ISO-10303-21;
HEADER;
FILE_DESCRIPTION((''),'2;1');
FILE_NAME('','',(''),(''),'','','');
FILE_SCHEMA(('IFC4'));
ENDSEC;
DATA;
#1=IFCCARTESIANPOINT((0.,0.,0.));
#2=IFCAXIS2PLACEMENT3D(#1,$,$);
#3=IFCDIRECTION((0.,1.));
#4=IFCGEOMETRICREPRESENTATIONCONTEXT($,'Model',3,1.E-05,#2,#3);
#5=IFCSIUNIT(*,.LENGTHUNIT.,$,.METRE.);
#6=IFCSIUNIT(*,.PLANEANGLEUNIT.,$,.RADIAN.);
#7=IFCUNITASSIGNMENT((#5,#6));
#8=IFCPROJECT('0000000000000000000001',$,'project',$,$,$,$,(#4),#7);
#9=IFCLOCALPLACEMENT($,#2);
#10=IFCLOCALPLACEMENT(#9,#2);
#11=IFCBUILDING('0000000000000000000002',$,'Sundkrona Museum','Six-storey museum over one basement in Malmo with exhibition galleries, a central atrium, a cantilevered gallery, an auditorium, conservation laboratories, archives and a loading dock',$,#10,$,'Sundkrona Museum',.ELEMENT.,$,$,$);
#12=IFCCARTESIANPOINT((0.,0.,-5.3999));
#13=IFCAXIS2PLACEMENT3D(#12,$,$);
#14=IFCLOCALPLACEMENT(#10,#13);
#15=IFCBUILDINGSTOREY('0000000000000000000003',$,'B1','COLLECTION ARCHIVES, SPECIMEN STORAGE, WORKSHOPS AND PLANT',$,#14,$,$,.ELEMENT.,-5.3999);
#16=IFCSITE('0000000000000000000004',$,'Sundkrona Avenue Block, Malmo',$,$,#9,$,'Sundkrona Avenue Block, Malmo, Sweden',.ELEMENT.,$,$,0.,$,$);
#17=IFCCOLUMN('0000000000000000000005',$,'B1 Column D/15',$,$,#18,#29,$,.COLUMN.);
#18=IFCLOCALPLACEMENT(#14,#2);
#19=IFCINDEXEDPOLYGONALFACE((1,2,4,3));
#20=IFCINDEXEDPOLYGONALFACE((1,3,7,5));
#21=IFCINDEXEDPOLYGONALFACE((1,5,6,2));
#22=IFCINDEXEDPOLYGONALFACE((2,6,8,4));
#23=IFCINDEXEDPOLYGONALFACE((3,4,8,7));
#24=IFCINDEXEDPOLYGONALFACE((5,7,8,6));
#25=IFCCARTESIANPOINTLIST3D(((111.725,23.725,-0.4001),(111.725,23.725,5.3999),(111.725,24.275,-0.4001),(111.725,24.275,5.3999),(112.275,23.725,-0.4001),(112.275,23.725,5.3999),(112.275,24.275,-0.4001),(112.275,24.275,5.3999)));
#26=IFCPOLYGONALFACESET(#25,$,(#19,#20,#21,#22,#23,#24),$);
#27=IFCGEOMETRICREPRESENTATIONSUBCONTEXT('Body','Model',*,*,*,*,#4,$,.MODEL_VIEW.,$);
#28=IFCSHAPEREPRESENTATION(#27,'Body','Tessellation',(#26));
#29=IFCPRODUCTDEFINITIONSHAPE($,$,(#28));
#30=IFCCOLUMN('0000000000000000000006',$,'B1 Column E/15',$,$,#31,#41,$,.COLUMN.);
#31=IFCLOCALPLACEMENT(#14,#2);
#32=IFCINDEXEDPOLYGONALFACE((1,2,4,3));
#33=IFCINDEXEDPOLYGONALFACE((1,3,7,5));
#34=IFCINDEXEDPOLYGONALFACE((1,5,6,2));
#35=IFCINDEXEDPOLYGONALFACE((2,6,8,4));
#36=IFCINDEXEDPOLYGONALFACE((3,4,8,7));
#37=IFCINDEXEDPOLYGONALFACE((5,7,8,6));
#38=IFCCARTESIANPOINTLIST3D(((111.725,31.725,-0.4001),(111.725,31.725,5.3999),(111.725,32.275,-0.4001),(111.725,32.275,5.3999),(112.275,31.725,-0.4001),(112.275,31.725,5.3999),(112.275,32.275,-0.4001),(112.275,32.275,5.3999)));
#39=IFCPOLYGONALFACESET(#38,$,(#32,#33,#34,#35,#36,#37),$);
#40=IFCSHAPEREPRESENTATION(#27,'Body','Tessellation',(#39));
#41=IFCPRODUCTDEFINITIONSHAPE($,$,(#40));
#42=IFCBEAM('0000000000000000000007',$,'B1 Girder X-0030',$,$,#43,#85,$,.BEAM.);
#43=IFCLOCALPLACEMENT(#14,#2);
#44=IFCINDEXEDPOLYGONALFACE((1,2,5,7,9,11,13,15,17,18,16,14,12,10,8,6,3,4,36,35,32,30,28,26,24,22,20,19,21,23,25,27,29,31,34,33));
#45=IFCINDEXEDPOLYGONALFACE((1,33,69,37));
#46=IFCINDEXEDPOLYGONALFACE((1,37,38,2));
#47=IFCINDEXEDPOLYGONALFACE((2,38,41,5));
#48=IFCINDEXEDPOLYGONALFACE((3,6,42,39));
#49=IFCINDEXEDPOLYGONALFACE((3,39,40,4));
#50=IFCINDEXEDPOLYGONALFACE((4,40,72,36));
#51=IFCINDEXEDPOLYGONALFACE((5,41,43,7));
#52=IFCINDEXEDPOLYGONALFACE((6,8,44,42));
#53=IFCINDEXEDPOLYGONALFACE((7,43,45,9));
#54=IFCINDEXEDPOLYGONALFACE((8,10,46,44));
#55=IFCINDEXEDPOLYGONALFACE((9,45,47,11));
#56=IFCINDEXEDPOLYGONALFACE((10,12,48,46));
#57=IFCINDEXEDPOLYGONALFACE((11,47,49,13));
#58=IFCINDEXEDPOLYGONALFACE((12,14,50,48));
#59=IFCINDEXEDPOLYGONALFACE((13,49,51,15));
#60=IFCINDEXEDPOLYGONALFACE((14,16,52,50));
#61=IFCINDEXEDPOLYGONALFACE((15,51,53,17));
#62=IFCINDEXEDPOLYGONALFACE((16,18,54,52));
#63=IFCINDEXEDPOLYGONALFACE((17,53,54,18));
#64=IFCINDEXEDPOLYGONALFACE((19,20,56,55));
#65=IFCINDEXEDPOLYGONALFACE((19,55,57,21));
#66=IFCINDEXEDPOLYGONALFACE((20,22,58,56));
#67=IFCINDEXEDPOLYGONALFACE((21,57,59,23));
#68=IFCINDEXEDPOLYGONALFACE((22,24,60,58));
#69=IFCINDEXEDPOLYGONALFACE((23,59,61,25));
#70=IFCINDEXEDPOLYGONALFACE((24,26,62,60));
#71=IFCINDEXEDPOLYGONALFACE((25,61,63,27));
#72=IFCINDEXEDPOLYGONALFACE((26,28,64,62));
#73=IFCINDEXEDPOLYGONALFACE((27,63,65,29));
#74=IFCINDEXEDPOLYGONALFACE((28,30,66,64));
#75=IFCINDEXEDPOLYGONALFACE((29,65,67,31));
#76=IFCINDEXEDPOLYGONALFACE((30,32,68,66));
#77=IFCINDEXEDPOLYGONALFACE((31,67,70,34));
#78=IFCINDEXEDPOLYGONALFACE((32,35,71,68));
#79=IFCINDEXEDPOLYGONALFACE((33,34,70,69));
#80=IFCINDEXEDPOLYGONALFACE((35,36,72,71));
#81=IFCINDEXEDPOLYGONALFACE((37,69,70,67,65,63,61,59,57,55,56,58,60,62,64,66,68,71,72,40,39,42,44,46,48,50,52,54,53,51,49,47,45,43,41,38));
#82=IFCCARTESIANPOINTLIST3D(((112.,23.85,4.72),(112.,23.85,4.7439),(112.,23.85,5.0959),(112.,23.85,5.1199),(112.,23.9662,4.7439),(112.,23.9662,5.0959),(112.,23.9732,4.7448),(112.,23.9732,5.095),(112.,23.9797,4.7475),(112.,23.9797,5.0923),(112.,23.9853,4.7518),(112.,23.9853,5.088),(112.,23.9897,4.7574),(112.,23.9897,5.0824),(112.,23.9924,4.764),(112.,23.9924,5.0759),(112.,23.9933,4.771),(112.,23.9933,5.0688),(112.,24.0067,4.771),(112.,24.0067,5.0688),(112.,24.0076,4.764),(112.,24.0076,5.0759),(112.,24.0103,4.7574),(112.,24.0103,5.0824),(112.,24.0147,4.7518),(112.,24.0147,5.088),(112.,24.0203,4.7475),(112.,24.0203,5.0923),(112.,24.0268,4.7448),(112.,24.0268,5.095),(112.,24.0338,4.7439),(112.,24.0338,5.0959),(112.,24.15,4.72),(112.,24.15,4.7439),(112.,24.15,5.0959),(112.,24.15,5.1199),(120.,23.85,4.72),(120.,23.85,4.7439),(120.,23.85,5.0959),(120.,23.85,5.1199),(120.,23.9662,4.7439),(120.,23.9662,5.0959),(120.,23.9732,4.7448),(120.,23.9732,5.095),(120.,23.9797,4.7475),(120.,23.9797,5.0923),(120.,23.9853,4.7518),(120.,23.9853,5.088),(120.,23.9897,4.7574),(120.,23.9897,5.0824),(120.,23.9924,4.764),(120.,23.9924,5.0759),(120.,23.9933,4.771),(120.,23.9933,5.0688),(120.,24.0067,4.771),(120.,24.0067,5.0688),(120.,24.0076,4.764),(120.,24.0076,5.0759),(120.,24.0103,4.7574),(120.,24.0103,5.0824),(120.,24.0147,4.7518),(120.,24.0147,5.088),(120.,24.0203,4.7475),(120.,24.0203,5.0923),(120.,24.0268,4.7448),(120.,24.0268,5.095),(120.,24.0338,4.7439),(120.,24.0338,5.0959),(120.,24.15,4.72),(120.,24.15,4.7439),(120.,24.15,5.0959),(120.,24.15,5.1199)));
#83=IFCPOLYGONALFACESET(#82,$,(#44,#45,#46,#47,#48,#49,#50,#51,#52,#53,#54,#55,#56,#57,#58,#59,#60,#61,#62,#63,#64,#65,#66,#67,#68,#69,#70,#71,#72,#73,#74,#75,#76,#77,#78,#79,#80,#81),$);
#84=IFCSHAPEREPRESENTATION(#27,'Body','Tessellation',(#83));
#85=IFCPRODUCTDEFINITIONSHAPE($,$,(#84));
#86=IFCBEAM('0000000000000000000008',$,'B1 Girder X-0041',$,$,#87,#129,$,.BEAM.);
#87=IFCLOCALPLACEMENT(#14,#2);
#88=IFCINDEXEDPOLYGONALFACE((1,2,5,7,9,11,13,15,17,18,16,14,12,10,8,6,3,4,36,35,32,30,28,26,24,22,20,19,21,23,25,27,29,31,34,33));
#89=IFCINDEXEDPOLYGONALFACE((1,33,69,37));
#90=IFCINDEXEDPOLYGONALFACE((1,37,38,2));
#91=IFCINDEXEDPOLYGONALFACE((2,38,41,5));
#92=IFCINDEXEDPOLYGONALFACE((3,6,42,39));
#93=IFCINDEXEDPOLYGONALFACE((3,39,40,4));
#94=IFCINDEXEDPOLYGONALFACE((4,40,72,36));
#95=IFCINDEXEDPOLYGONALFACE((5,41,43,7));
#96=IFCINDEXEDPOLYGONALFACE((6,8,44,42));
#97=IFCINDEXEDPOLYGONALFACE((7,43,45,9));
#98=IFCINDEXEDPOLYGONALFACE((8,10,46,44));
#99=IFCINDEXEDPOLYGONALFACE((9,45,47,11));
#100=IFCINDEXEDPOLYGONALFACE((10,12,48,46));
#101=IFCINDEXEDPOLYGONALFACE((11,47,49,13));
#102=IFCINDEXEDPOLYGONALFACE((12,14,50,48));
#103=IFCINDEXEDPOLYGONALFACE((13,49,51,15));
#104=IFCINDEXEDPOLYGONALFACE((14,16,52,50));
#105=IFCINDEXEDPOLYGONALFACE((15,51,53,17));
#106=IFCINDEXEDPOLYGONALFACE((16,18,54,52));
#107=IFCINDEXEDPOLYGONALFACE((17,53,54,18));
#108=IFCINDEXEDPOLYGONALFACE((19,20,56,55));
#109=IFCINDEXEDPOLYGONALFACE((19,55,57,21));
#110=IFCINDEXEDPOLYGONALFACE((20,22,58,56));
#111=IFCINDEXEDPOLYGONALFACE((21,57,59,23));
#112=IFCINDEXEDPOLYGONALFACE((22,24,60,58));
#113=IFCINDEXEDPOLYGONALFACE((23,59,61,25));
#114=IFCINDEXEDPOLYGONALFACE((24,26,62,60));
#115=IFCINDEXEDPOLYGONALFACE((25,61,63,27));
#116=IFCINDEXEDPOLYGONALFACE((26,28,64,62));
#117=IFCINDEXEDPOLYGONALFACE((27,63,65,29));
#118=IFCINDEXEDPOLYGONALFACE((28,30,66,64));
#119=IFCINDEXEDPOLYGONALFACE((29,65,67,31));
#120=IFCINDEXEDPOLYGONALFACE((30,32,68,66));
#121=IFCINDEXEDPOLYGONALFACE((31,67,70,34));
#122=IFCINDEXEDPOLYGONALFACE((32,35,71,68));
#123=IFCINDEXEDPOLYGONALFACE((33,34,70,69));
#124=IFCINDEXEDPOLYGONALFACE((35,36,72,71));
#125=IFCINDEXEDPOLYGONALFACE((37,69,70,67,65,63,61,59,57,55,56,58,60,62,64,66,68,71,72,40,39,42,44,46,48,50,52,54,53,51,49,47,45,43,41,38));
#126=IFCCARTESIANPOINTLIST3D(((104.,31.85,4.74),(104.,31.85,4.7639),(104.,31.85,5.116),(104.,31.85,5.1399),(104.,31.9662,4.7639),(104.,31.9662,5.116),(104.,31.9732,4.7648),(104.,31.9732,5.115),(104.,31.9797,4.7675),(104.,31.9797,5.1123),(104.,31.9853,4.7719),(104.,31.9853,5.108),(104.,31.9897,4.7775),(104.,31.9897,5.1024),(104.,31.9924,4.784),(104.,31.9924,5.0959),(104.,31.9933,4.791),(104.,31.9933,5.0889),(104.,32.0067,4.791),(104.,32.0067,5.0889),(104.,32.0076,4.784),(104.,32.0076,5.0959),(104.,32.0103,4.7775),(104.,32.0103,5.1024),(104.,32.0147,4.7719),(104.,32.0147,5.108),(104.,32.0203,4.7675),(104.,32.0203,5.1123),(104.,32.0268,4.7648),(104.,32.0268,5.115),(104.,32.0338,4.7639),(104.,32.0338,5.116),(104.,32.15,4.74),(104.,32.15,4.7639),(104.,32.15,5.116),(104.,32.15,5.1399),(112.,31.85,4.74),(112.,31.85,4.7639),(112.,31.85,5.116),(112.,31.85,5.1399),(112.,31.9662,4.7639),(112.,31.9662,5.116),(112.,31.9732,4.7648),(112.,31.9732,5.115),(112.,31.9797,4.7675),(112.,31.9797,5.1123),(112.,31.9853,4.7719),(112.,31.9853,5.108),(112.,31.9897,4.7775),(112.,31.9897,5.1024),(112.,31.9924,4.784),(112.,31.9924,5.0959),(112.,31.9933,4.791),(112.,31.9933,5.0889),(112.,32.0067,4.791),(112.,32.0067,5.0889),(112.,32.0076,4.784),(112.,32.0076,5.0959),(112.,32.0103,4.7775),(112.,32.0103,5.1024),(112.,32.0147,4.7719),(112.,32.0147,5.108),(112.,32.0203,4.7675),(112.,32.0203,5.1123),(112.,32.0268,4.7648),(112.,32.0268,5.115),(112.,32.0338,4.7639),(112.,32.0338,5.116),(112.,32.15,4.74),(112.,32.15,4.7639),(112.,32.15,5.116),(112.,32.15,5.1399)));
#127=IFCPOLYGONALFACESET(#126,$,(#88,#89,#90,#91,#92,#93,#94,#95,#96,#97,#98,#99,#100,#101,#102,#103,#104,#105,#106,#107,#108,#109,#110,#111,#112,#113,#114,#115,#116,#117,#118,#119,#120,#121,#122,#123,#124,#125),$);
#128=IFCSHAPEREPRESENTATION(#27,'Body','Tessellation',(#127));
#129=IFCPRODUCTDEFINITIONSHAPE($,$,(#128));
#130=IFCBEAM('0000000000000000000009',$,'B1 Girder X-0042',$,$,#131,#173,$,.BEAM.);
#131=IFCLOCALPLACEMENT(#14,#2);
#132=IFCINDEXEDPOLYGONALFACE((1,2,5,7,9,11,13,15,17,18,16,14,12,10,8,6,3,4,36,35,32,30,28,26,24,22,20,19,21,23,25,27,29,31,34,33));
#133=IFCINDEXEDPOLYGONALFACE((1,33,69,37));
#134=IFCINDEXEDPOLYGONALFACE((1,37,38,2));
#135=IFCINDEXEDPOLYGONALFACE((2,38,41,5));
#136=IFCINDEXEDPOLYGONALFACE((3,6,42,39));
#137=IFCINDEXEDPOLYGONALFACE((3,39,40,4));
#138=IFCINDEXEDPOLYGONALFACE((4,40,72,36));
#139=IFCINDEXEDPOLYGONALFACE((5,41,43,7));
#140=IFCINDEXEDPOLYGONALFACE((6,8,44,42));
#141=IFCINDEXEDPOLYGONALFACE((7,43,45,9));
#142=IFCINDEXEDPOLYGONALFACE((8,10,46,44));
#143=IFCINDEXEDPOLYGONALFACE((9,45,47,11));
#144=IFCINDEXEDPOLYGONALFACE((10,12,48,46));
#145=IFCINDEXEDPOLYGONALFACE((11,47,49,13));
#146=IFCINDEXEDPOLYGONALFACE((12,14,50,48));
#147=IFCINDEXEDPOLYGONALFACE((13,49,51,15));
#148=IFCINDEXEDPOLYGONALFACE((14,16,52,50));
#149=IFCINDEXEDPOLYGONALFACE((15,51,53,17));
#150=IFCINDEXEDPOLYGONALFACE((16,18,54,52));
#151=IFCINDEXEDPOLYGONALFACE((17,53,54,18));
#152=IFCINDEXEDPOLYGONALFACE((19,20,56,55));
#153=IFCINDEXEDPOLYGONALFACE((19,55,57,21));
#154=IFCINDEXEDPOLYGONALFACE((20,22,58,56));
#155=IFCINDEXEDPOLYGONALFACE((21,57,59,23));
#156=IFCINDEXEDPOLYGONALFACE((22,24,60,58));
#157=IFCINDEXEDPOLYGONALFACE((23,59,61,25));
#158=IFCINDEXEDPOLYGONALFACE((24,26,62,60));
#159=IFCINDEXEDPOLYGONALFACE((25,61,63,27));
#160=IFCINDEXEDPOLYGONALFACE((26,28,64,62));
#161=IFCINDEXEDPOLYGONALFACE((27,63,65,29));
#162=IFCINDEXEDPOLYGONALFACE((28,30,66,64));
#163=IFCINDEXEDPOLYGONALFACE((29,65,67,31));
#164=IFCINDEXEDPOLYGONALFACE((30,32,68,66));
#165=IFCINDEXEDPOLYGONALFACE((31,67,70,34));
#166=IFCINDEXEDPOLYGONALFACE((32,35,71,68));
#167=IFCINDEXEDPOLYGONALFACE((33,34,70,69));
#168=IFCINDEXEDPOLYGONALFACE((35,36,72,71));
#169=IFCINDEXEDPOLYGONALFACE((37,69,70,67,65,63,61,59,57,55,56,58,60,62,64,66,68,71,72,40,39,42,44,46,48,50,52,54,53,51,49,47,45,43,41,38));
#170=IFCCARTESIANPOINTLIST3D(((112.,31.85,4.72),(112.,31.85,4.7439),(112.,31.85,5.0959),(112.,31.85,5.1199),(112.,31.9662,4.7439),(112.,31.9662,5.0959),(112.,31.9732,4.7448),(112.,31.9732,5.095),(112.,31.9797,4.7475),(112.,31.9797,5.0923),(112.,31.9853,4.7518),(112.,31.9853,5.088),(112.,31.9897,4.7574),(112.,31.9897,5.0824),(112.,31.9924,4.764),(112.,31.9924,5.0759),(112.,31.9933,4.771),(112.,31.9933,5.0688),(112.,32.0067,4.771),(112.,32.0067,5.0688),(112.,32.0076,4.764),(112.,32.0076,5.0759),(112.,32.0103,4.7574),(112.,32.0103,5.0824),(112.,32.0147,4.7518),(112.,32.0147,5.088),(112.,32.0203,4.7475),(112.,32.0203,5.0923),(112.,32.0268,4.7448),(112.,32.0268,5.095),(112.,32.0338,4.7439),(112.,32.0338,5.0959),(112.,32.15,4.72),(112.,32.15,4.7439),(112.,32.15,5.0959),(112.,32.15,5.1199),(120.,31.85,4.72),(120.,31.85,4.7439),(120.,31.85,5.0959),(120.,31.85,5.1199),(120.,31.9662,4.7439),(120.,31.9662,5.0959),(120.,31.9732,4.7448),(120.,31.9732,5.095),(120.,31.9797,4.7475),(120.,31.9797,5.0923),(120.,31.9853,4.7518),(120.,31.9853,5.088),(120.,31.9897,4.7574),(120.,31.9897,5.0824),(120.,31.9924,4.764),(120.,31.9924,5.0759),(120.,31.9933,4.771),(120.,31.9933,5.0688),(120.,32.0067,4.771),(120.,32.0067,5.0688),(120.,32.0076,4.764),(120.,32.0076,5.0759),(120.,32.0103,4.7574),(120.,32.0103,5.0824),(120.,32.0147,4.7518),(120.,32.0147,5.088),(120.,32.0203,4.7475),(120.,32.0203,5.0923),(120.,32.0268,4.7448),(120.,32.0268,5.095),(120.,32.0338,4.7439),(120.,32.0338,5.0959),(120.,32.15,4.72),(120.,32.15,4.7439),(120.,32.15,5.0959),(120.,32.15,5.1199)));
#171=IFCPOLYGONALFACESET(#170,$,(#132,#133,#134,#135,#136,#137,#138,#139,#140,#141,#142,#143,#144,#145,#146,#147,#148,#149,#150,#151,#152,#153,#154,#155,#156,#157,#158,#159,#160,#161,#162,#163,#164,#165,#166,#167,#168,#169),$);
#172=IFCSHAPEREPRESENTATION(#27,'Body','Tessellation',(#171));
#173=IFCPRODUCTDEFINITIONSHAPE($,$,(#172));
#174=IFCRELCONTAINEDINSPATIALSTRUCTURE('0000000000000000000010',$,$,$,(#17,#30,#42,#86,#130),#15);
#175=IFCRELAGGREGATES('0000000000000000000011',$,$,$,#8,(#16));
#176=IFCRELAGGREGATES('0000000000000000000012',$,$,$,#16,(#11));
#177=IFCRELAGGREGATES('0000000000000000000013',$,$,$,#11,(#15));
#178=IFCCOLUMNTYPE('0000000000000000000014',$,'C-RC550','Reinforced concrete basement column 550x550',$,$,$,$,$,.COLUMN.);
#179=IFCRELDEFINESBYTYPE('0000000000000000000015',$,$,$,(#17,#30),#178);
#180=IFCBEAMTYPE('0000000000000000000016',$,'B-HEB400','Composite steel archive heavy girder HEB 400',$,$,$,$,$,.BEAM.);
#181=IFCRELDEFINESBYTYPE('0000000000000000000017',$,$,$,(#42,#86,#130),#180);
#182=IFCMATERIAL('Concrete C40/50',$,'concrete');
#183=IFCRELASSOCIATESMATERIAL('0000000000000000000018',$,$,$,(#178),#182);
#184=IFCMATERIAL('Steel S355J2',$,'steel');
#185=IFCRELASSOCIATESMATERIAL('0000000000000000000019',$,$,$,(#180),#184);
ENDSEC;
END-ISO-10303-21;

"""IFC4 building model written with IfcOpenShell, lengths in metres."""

from ifc_helpers import new_model, si_unit, direction, frame, origin, origin_2d, place, context, subcontext, project, spatial, rectangle, i_section, extrude, material, material_profile, profile_set, type_object, element, save


model = new_model("IFC4")

# Units and contexts
model_context = context("Model", 3, precision=1e-05, world=origin(), true_north=direction((0.0, 1.0)))
body_context = subcontext(model_context, "Body", "Model", "MODEL_VIEW")
ifc_project = project(units=[si_unit("LENGTHUNIT", "METRE"), si_unit("PLANEANGLEUNIT", "RADIAN")], contexts=[model_context])

# Site, building, storey
site_placement = place(None, origin())
site = spatial("IfcSite", under=ifc_project, at=site_placement, Name="Sundkrona Avenue Block, Malmo", LongName="Sundkrona Avenue Block, Malmo, Sweden", CompositionType="ELEMENT", RefElevation=0.0)
building_placement = place(site_placement, origin())
building = spatial("IfcBuilding", under=site, at=building_placement, Name="Sundkrona Museum", Description="Six-storey museum over one basement in Malmo with exhibition galleries, a central atrium, a cantilevered gallery, an auditorium, conservation laboratories, archives and a loading dock", LongName="Sundkrona Museum", CompositionType="ELEMENT")
storey_placement = place(building_placement, frame((0.0, 0.0, -5.3999)))
storey = spatial("IfcBuildingStorey", under=building, at=storey_placement, Name="B1", Description="COLLECTION ARCHIVES, SPECIMEN STORAGE, WORKSHOPS AND PLANT", CompositionType="ELEMENT", Elevation=-5.3999)

# Shared definitions
ifc_material_1 = material(Name="Concrete C40/50", Category="concrete")

# Columns
ifc_material_2 = material(Name="Steel S355J2", Category="steel")
ifc_material_profile_1 = material_profile(ifc_material_1, rectangle(XDim=0.55, YDim=0.55, at=origin_2d()), Name="RC 550x550")
ifc_profile_set_1 = profile_set([ifc_material_profile_1], Name="Concrete C40/50")
column_type_1 = type_object("IfcColumnType", Name="C-RC550", Description="Reinforced concrete basement column 550x550", PredefinedType="COLUMN", material=ifc_profile_set_1)
for number, where, z_axis, x_axis, name in (
    (1, (112.0, 24.0, -0.4001), (0.0, 0.0, 1.0), (1.0, 0.0, 0.0), "B1 Column D/15"),
    (2, (112.0, 32.0, -0.4001), (0.0, 0.0, 1.0), (1.0, 0.0, 0.0), "B1 Column E/15"),
):
    element("IfcColumn", number, at=place(storey_placement, frame(where, z_axis=z_axis, x_axis=x_axis)), inside=storey, type_object=column_type_1, Name=name, PredefinedType="COLUMN", context=body_context, shape_type="SweptSolid", body=[
        extrude(rectangle(XDim=0.55, YDim=0.55, at=origin_2d()), origin(), (0.0, 0.0, 1.0), 5.8),
    ])

# Beams
ifc_material_profile_2 = material_profile(ifc_material_2, i_section(OverallWidth=0.3, OverallDepth=0.3999, WebThickness=0.0134, FlangeThickness=0.0239, FilletRadius=0.0271, at=origin_2d()), Name="HEB 400")
ifc_profile_set_2 = profile_set([ifc_material_profile_2], Name="Steel S355J2")
beam_type_1 = type_object("IfcBeamType", Name="B-HEB400", Description="Composite steel archive heavy girder HEB 400", PredefinedType="BEAM", material=ifc_profile_set_2)
for number, where, z_axis, x_axis, name in (
    (3, (112.0, 24.0, 4.9199), (1.0, 0.0, 0.0), (0.0, 1.0, 0.0), "B1 Girder X-0030"),
    (4, (104.0, 32.0, 4.9399), (1.0, 0.0, 0.0), (0.0, 1.0, 0.0), "B1 Girder X-0041"),
    (5, (112.0, 32.0, 4.9199), (1.0, 0.0, 0.0), (0.0, 1.0, 0.0), "B1 Girder X-0042"),
):
    element("IfcBeam", number, at=place(storey_placement, frame(where, z_axis=z_axis, x_axis=x_axis)), inside=storey, type_object=beam_type_1, Name=name, PredefinedType="BEAM", context=body_context, shape_type="SweptSolid", body=[
        extrude(i_section(OverallWidth=0.3, OverallDepth=0.3999, WebThickness=0.0134, FlangeThickness=0.0239, FilletRadius=0.0271, at=origin_2d()), origin(), (0.0, 0.0, 1.0), 8.0),
    ])

save(model, "model.ifc")
